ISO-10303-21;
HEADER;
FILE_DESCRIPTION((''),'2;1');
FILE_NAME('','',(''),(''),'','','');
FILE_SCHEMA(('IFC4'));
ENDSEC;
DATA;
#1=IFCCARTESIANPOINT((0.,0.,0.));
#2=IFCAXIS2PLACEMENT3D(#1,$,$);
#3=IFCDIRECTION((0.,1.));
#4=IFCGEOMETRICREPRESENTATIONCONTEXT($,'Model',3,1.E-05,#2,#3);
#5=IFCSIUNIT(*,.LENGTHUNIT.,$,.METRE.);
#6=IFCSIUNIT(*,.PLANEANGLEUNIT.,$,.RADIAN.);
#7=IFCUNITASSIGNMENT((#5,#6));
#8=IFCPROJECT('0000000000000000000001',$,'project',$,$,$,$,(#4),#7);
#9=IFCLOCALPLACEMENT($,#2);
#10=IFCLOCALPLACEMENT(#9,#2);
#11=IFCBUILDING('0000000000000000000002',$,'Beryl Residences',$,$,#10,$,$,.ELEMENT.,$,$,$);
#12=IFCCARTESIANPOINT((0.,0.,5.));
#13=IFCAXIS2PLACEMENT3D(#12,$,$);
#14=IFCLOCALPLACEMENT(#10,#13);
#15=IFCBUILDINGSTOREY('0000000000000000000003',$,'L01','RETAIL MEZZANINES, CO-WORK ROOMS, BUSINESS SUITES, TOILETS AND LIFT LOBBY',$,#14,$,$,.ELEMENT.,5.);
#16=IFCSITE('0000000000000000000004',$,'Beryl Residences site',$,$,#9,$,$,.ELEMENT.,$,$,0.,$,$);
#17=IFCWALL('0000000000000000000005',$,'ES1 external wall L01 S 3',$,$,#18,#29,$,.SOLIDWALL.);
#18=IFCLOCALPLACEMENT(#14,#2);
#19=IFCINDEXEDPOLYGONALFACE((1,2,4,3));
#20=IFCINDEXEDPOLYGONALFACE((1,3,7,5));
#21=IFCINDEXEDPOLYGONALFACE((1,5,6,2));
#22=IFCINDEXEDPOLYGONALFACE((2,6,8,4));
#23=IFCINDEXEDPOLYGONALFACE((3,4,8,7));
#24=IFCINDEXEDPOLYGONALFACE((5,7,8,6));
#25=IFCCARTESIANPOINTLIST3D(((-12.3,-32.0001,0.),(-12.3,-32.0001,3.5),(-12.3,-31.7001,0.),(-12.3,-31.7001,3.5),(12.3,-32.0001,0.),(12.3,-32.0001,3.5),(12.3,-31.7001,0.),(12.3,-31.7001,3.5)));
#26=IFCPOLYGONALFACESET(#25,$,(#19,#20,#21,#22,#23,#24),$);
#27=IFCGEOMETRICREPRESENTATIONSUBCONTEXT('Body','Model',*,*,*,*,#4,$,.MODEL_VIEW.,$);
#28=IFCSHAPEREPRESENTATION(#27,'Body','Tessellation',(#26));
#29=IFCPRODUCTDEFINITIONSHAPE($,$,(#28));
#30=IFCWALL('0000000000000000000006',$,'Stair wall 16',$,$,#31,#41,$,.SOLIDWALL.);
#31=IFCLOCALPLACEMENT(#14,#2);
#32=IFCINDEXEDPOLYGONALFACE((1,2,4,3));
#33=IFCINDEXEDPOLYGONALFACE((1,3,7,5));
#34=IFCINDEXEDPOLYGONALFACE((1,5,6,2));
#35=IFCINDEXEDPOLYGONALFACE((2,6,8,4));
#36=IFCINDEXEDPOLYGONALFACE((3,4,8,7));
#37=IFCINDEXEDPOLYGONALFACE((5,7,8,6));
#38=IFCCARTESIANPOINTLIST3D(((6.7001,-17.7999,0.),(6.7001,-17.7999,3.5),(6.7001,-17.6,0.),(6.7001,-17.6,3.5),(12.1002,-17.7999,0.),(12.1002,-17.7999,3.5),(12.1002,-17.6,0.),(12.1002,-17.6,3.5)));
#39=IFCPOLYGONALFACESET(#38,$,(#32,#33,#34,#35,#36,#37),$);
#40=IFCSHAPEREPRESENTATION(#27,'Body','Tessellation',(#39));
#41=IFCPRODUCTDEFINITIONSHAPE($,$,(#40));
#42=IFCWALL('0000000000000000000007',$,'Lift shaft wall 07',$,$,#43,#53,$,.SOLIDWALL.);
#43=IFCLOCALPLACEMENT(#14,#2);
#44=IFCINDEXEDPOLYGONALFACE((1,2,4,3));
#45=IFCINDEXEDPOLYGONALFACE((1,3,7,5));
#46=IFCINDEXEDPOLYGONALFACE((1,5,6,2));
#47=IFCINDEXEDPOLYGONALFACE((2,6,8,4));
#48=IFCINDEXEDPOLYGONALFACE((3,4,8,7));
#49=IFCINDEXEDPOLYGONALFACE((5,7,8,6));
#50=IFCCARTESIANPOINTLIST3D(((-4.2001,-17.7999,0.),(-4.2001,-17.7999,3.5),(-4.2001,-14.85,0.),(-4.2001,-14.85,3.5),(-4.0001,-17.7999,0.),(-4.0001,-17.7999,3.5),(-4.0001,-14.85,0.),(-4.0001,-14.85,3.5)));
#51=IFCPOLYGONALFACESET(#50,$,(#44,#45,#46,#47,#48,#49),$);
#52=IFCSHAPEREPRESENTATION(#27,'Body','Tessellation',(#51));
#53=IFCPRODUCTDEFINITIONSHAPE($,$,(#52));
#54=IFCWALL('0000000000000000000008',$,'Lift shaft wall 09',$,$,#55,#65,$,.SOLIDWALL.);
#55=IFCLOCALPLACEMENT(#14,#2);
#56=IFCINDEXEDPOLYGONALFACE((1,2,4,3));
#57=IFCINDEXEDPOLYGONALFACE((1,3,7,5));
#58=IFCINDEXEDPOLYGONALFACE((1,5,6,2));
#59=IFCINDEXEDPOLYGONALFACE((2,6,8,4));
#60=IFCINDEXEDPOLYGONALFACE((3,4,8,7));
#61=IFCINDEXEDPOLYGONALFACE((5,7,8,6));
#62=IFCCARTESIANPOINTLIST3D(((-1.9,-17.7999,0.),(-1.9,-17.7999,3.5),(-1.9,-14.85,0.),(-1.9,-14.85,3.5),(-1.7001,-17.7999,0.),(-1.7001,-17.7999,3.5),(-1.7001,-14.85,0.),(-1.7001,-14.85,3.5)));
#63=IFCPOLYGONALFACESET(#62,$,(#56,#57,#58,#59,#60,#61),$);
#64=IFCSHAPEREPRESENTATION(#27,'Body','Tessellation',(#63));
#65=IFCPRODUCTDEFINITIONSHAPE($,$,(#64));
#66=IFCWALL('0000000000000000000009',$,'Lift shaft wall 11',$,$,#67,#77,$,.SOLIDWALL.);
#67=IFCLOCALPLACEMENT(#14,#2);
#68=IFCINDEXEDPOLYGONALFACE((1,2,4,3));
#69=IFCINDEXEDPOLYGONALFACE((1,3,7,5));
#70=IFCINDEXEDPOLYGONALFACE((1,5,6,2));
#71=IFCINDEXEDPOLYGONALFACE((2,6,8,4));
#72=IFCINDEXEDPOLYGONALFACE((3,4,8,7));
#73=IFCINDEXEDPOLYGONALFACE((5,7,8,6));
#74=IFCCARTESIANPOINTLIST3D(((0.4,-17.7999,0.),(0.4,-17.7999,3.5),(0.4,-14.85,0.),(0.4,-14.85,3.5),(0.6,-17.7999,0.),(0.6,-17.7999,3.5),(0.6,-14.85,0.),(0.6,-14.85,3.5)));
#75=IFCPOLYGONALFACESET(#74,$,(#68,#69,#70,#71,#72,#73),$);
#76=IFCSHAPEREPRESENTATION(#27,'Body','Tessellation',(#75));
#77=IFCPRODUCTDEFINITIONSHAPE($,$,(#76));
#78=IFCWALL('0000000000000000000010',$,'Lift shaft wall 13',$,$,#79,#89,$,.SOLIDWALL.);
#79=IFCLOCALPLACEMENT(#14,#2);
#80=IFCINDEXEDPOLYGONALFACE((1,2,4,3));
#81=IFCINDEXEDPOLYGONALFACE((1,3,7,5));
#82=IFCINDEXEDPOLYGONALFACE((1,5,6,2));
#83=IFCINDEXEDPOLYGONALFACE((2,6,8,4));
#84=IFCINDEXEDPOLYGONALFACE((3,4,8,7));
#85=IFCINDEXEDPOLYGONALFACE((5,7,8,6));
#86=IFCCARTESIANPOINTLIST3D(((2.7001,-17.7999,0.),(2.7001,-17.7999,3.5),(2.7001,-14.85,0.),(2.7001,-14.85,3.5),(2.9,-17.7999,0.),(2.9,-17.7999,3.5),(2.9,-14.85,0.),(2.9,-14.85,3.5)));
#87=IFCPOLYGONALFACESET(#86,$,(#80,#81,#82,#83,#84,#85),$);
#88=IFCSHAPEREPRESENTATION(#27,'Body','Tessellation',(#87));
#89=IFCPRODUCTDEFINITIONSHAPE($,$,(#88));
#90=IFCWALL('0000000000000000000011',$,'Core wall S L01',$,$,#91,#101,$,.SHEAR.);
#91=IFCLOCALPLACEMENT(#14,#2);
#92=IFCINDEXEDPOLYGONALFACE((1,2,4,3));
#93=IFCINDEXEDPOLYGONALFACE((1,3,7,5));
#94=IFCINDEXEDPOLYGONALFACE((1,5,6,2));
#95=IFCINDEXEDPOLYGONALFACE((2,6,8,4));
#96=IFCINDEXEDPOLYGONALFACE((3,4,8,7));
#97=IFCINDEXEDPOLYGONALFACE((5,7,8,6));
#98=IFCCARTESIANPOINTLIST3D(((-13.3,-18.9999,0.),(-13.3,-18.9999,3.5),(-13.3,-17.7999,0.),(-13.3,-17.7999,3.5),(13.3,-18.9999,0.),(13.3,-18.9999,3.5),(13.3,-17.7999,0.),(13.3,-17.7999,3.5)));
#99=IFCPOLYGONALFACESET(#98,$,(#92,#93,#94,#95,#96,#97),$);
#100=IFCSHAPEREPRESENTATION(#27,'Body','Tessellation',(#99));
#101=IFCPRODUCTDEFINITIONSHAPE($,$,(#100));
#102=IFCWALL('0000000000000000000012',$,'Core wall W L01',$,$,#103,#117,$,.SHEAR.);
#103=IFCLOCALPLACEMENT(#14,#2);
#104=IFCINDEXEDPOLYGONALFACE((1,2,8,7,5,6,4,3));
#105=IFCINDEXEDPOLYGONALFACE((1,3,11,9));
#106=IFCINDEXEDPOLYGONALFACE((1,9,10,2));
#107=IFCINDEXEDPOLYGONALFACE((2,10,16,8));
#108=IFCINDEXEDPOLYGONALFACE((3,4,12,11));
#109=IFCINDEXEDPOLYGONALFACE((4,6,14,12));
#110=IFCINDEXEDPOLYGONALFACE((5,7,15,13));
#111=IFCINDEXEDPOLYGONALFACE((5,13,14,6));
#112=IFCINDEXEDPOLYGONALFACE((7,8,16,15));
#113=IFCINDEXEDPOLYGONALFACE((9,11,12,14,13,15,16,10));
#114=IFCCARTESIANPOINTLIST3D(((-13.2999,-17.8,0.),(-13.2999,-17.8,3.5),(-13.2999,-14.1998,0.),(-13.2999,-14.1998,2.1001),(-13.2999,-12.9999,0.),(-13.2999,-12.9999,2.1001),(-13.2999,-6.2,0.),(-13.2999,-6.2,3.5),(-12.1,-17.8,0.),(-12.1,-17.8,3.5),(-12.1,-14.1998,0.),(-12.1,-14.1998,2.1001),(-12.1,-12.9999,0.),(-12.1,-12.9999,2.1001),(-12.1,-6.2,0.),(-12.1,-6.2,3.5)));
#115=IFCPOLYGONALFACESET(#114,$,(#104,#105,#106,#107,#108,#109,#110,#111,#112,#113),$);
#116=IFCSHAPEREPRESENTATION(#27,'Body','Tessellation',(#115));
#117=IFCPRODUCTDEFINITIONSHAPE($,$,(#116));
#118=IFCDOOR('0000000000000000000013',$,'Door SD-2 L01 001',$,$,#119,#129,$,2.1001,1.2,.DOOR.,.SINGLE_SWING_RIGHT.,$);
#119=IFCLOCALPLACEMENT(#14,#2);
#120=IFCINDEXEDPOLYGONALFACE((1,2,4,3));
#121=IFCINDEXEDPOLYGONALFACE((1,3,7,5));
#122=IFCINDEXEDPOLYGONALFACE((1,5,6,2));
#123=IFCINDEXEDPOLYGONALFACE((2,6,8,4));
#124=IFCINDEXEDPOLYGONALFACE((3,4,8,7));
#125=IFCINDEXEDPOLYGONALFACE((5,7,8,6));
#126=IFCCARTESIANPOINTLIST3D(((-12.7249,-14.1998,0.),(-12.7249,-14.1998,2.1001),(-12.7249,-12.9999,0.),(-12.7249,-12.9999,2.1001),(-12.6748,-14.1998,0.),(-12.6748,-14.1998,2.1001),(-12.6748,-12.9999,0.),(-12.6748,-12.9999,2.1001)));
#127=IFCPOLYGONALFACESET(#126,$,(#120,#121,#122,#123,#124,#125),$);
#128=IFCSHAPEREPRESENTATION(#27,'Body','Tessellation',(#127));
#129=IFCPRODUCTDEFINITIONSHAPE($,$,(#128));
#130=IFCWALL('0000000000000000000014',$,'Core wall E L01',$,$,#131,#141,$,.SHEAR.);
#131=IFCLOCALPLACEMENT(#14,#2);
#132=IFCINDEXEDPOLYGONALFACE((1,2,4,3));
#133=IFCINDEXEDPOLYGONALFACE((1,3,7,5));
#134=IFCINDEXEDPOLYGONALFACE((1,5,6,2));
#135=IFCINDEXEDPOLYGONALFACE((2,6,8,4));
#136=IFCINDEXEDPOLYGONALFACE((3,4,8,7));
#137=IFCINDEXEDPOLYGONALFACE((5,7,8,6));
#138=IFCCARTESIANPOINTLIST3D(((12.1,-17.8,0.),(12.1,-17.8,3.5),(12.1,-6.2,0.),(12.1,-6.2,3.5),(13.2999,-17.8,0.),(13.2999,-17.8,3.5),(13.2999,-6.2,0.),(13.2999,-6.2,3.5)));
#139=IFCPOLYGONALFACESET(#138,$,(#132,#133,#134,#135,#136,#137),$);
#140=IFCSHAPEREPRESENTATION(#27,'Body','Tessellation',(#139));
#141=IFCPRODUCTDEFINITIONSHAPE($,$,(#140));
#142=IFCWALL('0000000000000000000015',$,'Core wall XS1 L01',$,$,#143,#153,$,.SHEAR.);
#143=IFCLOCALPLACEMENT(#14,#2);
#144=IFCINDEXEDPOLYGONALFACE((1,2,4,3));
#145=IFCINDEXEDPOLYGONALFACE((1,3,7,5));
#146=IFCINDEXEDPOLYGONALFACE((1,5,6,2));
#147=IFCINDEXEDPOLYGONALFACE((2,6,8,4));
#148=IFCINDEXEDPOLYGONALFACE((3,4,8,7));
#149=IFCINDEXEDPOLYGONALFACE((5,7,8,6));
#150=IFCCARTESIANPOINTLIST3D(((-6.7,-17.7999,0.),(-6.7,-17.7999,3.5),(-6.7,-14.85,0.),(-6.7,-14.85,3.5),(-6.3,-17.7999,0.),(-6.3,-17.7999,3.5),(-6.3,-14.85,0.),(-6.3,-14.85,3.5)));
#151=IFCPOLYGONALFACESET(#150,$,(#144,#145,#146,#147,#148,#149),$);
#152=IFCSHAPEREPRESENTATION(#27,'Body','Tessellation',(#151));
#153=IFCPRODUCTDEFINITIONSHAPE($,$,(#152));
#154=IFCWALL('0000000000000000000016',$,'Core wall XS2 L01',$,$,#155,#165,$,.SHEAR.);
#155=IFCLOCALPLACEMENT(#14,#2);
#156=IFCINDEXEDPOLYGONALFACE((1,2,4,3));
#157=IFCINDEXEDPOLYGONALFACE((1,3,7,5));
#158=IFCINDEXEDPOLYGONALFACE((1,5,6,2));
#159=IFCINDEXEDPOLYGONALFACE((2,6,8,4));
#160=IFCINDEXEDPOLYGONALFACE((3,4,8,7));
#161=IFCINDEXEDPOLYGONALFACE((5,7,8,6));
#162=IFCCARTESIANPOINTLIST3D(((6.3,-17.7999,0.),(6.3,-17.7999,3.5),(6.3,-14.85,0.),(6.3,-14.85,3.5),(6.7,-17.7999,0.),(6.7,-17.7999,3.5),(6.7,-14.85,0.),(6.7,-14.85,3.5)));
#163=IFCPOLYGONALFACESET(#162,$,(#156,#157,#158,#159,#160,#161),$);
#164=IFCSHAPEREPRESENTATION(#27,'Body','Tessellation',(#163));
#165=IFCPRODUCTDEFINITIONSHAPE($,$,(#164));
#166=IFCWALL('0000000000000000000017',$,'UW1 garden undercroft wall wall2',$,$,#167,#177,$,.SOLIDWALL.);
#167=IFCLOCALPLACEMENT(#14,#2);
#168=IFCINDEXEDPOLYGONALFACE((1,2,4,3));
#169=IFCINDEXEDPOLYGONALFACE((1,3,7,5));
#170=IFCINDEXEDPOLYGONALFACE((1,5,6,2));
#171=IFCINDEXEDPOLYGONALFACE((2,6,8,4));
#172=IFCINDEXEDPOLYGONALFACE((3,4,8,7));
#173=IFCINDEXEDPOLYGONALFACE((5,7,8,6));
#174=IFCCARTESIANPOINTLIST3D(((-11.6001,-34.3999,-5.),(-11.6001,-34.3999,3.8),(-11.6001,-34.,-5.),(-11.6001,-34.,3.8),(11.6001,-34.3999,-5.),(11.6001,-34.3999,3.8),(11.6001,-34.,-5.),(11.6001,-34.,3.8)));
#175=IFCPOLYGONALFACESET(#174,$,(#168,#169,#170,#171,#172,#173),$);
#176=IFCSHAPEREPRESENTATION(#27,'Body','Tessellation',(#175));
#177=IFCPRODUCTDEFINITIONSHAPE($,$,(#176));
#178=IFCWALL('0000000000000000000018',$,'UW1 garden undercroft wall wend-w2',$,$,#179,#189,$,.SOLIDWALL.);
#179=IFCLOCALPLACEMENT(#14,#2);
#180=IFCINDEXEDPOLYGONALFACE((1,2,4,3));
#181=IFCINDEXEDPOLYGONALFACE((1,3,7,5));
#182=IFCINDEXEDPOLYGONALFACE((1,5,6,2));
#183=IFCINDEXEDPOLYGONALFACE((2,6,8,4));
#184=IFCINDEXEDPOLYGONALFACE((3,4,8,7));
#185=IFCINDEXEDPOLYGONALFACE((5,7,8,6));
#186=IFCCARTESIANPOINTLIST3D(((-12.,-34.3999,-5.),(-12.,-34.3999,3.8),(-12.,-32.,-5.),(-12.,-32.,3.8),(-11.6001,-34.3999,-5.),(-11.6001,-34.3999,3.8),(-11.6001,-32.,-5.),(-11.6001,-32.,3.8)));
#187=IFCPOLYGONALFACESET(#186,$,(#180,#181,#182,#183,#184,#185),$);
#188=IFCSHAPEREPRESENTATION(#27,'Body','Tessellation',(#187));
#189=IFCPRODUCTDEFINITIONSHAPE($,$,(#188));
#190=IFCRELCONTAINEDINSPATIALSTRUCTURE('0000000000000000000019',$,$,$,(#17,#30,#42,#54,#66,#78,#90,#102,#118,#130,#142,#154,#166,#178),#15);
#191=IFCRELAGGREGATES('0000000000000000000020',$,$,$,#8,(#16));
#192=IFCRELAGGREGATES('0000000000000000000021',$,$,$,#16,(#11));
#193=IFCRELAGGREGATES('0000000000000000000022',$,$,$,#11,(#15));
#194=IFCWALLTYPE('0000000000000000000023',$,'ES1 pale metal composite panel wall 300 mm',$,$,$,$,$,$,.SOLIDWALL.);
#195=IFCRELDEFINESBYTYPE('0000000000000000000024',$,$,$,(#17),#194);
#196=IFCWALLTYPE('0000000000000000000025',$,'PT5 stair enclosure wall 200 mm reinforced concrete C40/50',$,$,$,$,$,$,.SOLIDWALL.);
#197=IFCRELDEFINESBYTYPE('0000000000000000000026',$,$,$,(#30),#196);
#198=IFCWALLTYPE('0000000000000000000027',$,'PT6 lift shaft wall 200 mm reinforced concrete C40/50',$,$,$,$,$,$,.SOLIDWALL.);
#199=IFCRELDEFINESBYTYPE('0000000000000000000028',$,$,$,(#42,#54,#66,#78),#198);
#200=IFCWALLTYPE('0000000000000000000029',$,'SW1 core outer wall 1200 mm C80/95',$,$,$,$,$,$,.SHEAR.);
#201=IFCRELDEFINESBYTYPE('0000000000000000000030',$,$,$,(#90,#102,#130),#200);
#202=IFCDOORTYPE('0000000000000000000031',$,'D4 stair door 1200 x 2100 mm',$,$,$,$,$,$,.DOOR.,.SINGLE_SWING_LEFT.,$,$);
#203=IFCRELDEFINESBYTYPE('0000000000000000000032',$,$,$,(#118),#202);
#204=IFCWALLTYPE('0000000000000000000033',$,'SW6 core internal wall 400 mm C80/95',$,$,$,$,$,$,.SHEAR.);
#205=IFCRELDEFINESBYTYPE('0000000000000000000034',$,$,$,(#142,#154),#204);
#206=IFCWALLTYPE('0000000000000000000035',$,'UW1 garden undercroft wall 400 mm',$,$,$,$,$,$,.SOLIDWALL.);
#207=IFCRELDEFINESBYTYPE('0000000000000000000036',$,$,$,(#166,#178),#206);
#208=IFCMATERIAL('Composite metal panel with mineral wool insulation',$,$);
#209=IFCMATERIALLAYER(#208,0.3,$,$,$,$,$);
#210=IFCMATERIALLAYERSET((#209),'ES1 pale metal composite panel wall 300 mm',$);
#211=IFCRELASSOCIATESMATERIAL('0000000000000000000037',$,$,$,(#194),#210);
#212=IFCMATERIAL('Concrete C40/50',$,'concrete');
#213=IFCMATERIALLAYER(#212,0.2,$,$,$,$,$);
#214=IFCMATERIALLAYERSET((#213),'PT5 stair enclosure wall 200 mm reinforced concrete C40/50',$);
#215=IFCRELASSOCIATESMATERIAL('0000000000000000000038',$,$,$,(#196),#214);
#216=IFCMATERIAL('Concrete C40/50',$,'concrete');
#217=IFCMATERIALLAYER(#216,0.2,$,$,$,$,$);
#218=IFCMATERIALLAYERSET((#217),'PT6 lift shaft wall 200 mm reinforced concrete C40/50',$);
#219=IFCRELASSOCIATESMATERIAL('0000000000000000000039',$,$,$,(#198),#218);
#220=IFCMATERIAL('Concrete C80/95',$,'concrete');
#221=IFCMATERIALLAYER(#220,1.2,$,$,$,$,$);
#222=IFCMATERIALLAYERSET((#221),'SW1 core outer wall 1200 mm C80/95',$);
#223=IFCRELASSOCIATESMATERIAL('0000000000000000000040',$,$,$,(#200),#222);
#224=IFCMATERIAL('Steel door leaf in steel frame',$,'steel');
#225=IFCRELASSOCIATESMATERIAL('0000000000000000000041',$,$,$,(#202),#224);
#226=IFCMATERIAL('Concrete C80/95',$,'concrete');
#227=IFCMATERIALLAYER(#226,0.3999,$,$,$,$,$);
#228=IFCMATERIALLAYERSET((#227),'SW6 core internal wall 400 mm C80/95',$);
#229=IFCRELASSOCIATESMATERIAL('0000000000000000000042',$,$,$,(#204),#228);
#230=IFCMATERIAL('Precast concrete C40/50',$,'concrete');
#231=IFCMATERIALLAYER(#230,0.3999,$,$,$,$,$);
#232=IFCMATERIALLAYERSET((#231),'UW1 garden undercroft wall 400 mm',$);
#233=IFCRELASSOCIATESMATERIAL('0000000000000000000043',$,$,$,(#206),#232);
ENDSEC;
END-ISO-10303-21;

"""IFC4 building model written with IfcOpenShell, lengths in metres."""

from ifc_helpers import new_model, si_unit, direction, frame, frame_2d, origin, place, context, subcontext, project, spatial, rectangle, extrude, material, layer, layer_set, type_object, element, fill, save


model = new_model("IFC4")

# Units and contexts
model_context = context("Model", 3, precision=1e-05, world=origin(), true_north=direction((0.0, 1.0)))
body_context = subcontext(model_context, "Body", "Model", "MODEL_VIEW")
ifc_project = project(units=[si_unit("LENGTHUNIT", "METRE"), si_unit("PLANEANGLEUNIT", "RADIAN")], contexts=[model_context])

# Site, building, storey
site_placement = place(None, origin())
site = spatial("IfcSite", under=ifc_project, at=site_placement, Name="Beryl Residences site", CompositionType="ELEMENT", RefElevation=0.0)
building_placement = place(site_placement, origin())
building = spatial("IfcBuilding", under=site, at=building_placement, Name="Beryl Residences", CompositionType="ELEMENT")
storey_placement = place(building_placement, frame((0.0, 0.0, 5.0)))
storey = spatial("IfcBuildingStorey", under=building, at=storey_placement, Name="L01", Description="RETAIL MEZZANINES, CO-WORK ROOMS, BUSINESS SUITES, TOILETS AND LIFT LOBBY", CompositionType="ELEMENT", Elevation=5.0)

# Walls
ifc_material_1 = material(Name="Composite metal panel with mineral wool insulation")
ifc_layer_1 = layer(ifc_material_1, 0.3)
ifc_layer_set_1 = layer_set([ifc_layer_1], Name="ES1 pale metal composite panel wall 300 mm")
wall_type_1 = type_object("IfcWallType", Name="ES1 pale metal composite panel wall 300 mm", PredefinedType="SOLIDWALL", material=ifc_layer_set_1)
wall_1_placement = place(storey_placement, frame((-12.3, -31.8501, 0.0), z_axis=(0.0, 0.0, 1.0), x_axis=(1.0, 0.0, 0.0)))
element("IfcWall", 1, at=wall_1_placement, inside=storey, type_object=wall_type_1, Name="ES1 external wall L01 S 3", PredefinedType="SOLIDWALL", context=body_context, shape_type="SweptSolid", body=[
    extrude(rectangle(XDim=24.6001, YDim=0.3, at=frame_2d((12.3, 0.0))), origin(), (0.0, 0.0, 1.0), 3.5),
])
ifc_material_2 = material(Name="Concrete C40/50", Category="concrete")
ifc_layer_2 = layer(ifc_material_2, 0.2)
ifc_layer_set_2 = layer_set([ifc_layer_2], Name="PT5 stair enclosure wall 200 mm reinforced concrete C40/50")
wall_type_2 = type_object("IfcWallType", Name="PT5 stair enclosure wall 200 mm reinforced concrete C40/50", PredefinedType="SOLIDWALL", material=ifc_layer_set_2)
wall_2_placement = place(storey_placement, frame((6.7, -17.7, 0.0), z_axis=(0.0, 0.0, 1.0), x_axis=(1.0, 0.0, 0.0)))
element("IfcWall", 2, at=wall_2_placement, inside=storey, type_object=wall_type_2, Name="Stair wall 16", PredefinedType="SOLIDWALL", context=body_context, shape_type="SweptSolid", body=[
    extrude(rectangle(XDim=5.4001, YDim=0.2, at=frame_2d((2.7002, 0.0))), origin(), (0.0, 0.0, 1.0), 3.5),
])
ifc_material_3 = material(Name="Concrete C40/50", Category="concrete")
ifc_layer_3 = layer(ifc_material_3, 0.2)
ifc_layer_set_3 = layer_set([ifc_layer_3], Name="PT6 lift shaft wall 200 mm reinforced concrete C40/50")
wall_type_3 = type_object("IfcWallType", Name="PT6 lift shaft wall 200 mm reinforced concrete C40/50", PredefinedType="SOLIDWALL", material=ifc_layer_set_3)
for number, where, z_axis, x_axis, name in (
    (3, (-4.1001, -17.8, 0.0), (0.0, 0.0, 1.0), (0.0, 1.0, 0.0), "Lift shaft wall 07"),
    (4, (-1.8, -17.8, 0.0), (0.0, 0.0, 1.0), (0.0, 1.0, 0.0), "Lift shaft wall 09"),
    (5, (0.5, -17.8, 0.0), (0.0, 0.0, 1.0), (0.0, 1.0, 0.0), "Lift shaft wall 11"),
    (6, (2.8, -17.8, 0.0), (0.0, 0.0, 1.0), (0.0, 1.0, 0.0), "Lift shaft wall 13"),
):
    element("IfcWall", number, at=place(storey_placement, frame(where, z_axis=z_axis, x_axis=x_axis)), inside=storey, type_object=wall_type_3, Name=name, PredefinedType="SOLIDWALL", context=body_context, shape_type="SweptSolid", body=[
        extrude(rectangle(XDim=2.95, YDim=0.2, at=frame_2d((1.4751, 0.0))), origin(), (0.0, 0.0, 1.0), 3.5),
    ])
ifc_material_4 = material(Name="Concrete C80/95", Category="concrete")
ifc_layer_4 = layer(ifc_material_4, 1.2)
ifc_layer_set_4 = layer_set([ifc_layer_4], Name="SW1 core outer wall 1200 mm C80/95")
wall_type_4 = type_object("IfcWallType", Name="SW1 core outer wall 1200 mm C80/95", PredefinedType="SHEAR", material=ifc_layer_set_4)
wall_3_placement = place(storey_placement, frame((-13.3, -18.3999, 0.0), z_axis=(0.0, 0.0, 1.0), x_axis=(1.0, 0.0, 0.0)))
element("IfcWall", 7, at=wall_3_placement, inside=storey, type_object=wall_type_4, Name="Core wall S L01", PredefinedType="SHEAR", context=body_context, shape_type="SweptSolid", body=[
    extrude(rectangle(XDim=26.6001, YDim=1.2, at=frame_2d((13.3, 0.0))), origin(), (0.0, 0.0, 1.0), 3.5),
])

# Wall, opening, door
wall_4_placement = place(storey_placement, frame((-12.7, -17.8, 0.0), z_axis=(0.0, 0.0, 1.0), x_axis=(0.0, 1.0, 0.0)))
wall_4 = element("IfcWall", 8, at=wall_4_placement, inside=storey, type_object=wall_type_4, Name="Core wall W L01", PredefinedType="SHEAR", context=body_context, shape_type="SweptSolid", body=[
    extrude(rectangle(XDim=11.6001, YDim=1.2, at=frame_2d((5.8, 0.0))), origin(), (0.0, 0.0, 1.0), 3.5),
])
opening_placement = place(wall_4_placement, frame((3.6001, 0.0, 0.0)))
opening = element("IfcOpeningElement", 9, at=opening_placement, cuts=wall_4, PredefinedType="OPENING", context=body_context, shape_type="SweptSolid", body=[
    extrude(rectangle(XDim=1.2, YDim=2.1001, at=frame_2d((0.6001, 1.05))), frame((0.0, 0.6099, 0.0), z_axis=(0.0, -1.0, 0.0), x_axis=(1.0, 0.0, 0.0)), (0.0, 0.0, 1.0), 1.22),
])
ifc_material_5 = material(Name="Steel door leaf in steel frame", Category="steel")
door_type = type_object("IfcDoorType", Name="D4 stair door 1200 x 2100 mm", OperationType="SINGLE_SWING_LEFT", PredefinedType="DOOR", material=ifc_material_5)
door_placement = place(opening_placement, origin())
door = element("IfcDoor", 10, at=door_placement, inside=storey, type_object=door_type, Name="Door SD-2 L01 001", OperationType="SINGLE_SWING_RIGHT", OverallHeight=2.1001, OverallWidth=1.2, PredefinedType="DOOR", context=body_context, shape_type="SweptSolid", body=[
    extrude(rectangle(XDim=1.2, YDim=2.1001, at=frame_2d((0.6001, 1.05))), frame((0.0, 0.0249, 0.0), z_axis=(0.0, -1.0, 0.0), x_axis=(1.0, 0.0, 0.0)), (0.0, 0.0, 1.0), 0.05),
])
fill(opening, door)

# Walls
wall_5_placement = place(storey_placement, frame((12.7, -17.8, 0.0), z_axis=(0.0, 0.0, 1.0), x_axis=(0.0, 1.0, 0.0)))
element("IfcWall", 11, at=wall_5_placement, inside=storey, type_object=wall_type_4, Name="Core wall E L01", PredefinedType="SHEAR", context=body_context, shape_type="SweptSolid", body=[
    extrude(rectangle(XDim=11.6001, YDim=1.2, at=frame_2d((5.8, 0.0))), origin(), (0.0, 0.0, 1.0), 3.5),
])
ifc_material_6 = material(Name="Concrete C80/95", Category="concrete")
ifc_layer_5 = layer(ifc_material_6, 0.3999)
ifc_layer_set_5 = layer_set([ifc_layer_5], Name="SW6 core internal wall 400 mm C80/95")
wall_type_5 = type_object("IfcWallType", Name="SW6 core internal wall 400 mm C80/95", PredefinedType="SHEAR", material=ifc_layer_set_5)
for number, where, z_axis, x_axis, name in (
    (12, (-6.5, -17.8, 0.0), (0.0, 0.0, 1.0), (0.0, 1.0, 0.0), "Core wall XS1 L01"),
    (13, (6.5, -17.8, 0.0), (0.0, 0.0, 1.0), (0.0, 1.0, 0.0), "Core wall XS2 L01"),
):
    element("IfcWall", number, at=place(storey_placement, frame(where, z_axis=z_axis, x_axis=x_axis)), inside=storey, type_object=wall_type_5, Name=name, PredefinedType="SHEAR", context=body_context, shape_type="SweptSolid", body=[
        extrude(rectangle(XDim=2.95, YDim=0.3999, at=frame_2d((1.4751, 0.0))), origin(), (0.0, 0.0, 1.0), 3.5),
    ])
ifc_material_7 = material(Name="Precast concrete C40/50", Category="concrete")
ifc_layer_6 = layer(ifc_material_7, 0.3999)
ifc_layer_set_6 = layer_set([ifc_layer_6], Name="UW1 garden undercroft wall 400 mm")
wall_type_6 = type_object("IfcWallType", Name="UW1 garden undercroft wall 400 mm", PredefinedType="SOLIDWALL", material=ifc_layer_set_6)
wall_6_placement = place(storey_placement, frame((-11.6001, -34.2, -5.0), z_axis=(0.0, 0.0, 1.0), x_axis=(1.0, 0.0, 0.0)))
element("IfcWall", 14, at=wall_6_placement, inside=storey, type_object=wall_type_6, Name="UW1 garden undercroft wall wall2", PredefinedType="SOLIDWALL", context=body_context, shape_type="SweptSolid", body=[
    extrude(rectangle(XDim=23.2002, YDim=0.3999, at=frame_2d((11.6001, 0.0))), origin(), (0.0, 0.0, 1.0), 8.8),
])
for number, where, z_axis, x_axis, name in (
    (15, (-11.8, -34.3999, -5.0), (0.0, 0.0, 1.0), (0.0, 1.0, 0.0), "UW1 garden undercroft wall wend-w2"),
):
    element("IfcWall", number, at=place(storey_placement, frame(where, z_axis=z_axis, x_axis=x_axis)), inside=storey, type_object=wall_type_6, Name=name, PredefinedType="SOLIDWALL", context=body_context, shape_type="SweptSolid", body=[
        extrude(rectangle(XDim=2.3999, YDim=0.3999, at=frame_2d((1.2, 0.0))), origin(), (0.0, 0.0, 1.0), 8.8),
    ])

save(model, "model.ifc")
